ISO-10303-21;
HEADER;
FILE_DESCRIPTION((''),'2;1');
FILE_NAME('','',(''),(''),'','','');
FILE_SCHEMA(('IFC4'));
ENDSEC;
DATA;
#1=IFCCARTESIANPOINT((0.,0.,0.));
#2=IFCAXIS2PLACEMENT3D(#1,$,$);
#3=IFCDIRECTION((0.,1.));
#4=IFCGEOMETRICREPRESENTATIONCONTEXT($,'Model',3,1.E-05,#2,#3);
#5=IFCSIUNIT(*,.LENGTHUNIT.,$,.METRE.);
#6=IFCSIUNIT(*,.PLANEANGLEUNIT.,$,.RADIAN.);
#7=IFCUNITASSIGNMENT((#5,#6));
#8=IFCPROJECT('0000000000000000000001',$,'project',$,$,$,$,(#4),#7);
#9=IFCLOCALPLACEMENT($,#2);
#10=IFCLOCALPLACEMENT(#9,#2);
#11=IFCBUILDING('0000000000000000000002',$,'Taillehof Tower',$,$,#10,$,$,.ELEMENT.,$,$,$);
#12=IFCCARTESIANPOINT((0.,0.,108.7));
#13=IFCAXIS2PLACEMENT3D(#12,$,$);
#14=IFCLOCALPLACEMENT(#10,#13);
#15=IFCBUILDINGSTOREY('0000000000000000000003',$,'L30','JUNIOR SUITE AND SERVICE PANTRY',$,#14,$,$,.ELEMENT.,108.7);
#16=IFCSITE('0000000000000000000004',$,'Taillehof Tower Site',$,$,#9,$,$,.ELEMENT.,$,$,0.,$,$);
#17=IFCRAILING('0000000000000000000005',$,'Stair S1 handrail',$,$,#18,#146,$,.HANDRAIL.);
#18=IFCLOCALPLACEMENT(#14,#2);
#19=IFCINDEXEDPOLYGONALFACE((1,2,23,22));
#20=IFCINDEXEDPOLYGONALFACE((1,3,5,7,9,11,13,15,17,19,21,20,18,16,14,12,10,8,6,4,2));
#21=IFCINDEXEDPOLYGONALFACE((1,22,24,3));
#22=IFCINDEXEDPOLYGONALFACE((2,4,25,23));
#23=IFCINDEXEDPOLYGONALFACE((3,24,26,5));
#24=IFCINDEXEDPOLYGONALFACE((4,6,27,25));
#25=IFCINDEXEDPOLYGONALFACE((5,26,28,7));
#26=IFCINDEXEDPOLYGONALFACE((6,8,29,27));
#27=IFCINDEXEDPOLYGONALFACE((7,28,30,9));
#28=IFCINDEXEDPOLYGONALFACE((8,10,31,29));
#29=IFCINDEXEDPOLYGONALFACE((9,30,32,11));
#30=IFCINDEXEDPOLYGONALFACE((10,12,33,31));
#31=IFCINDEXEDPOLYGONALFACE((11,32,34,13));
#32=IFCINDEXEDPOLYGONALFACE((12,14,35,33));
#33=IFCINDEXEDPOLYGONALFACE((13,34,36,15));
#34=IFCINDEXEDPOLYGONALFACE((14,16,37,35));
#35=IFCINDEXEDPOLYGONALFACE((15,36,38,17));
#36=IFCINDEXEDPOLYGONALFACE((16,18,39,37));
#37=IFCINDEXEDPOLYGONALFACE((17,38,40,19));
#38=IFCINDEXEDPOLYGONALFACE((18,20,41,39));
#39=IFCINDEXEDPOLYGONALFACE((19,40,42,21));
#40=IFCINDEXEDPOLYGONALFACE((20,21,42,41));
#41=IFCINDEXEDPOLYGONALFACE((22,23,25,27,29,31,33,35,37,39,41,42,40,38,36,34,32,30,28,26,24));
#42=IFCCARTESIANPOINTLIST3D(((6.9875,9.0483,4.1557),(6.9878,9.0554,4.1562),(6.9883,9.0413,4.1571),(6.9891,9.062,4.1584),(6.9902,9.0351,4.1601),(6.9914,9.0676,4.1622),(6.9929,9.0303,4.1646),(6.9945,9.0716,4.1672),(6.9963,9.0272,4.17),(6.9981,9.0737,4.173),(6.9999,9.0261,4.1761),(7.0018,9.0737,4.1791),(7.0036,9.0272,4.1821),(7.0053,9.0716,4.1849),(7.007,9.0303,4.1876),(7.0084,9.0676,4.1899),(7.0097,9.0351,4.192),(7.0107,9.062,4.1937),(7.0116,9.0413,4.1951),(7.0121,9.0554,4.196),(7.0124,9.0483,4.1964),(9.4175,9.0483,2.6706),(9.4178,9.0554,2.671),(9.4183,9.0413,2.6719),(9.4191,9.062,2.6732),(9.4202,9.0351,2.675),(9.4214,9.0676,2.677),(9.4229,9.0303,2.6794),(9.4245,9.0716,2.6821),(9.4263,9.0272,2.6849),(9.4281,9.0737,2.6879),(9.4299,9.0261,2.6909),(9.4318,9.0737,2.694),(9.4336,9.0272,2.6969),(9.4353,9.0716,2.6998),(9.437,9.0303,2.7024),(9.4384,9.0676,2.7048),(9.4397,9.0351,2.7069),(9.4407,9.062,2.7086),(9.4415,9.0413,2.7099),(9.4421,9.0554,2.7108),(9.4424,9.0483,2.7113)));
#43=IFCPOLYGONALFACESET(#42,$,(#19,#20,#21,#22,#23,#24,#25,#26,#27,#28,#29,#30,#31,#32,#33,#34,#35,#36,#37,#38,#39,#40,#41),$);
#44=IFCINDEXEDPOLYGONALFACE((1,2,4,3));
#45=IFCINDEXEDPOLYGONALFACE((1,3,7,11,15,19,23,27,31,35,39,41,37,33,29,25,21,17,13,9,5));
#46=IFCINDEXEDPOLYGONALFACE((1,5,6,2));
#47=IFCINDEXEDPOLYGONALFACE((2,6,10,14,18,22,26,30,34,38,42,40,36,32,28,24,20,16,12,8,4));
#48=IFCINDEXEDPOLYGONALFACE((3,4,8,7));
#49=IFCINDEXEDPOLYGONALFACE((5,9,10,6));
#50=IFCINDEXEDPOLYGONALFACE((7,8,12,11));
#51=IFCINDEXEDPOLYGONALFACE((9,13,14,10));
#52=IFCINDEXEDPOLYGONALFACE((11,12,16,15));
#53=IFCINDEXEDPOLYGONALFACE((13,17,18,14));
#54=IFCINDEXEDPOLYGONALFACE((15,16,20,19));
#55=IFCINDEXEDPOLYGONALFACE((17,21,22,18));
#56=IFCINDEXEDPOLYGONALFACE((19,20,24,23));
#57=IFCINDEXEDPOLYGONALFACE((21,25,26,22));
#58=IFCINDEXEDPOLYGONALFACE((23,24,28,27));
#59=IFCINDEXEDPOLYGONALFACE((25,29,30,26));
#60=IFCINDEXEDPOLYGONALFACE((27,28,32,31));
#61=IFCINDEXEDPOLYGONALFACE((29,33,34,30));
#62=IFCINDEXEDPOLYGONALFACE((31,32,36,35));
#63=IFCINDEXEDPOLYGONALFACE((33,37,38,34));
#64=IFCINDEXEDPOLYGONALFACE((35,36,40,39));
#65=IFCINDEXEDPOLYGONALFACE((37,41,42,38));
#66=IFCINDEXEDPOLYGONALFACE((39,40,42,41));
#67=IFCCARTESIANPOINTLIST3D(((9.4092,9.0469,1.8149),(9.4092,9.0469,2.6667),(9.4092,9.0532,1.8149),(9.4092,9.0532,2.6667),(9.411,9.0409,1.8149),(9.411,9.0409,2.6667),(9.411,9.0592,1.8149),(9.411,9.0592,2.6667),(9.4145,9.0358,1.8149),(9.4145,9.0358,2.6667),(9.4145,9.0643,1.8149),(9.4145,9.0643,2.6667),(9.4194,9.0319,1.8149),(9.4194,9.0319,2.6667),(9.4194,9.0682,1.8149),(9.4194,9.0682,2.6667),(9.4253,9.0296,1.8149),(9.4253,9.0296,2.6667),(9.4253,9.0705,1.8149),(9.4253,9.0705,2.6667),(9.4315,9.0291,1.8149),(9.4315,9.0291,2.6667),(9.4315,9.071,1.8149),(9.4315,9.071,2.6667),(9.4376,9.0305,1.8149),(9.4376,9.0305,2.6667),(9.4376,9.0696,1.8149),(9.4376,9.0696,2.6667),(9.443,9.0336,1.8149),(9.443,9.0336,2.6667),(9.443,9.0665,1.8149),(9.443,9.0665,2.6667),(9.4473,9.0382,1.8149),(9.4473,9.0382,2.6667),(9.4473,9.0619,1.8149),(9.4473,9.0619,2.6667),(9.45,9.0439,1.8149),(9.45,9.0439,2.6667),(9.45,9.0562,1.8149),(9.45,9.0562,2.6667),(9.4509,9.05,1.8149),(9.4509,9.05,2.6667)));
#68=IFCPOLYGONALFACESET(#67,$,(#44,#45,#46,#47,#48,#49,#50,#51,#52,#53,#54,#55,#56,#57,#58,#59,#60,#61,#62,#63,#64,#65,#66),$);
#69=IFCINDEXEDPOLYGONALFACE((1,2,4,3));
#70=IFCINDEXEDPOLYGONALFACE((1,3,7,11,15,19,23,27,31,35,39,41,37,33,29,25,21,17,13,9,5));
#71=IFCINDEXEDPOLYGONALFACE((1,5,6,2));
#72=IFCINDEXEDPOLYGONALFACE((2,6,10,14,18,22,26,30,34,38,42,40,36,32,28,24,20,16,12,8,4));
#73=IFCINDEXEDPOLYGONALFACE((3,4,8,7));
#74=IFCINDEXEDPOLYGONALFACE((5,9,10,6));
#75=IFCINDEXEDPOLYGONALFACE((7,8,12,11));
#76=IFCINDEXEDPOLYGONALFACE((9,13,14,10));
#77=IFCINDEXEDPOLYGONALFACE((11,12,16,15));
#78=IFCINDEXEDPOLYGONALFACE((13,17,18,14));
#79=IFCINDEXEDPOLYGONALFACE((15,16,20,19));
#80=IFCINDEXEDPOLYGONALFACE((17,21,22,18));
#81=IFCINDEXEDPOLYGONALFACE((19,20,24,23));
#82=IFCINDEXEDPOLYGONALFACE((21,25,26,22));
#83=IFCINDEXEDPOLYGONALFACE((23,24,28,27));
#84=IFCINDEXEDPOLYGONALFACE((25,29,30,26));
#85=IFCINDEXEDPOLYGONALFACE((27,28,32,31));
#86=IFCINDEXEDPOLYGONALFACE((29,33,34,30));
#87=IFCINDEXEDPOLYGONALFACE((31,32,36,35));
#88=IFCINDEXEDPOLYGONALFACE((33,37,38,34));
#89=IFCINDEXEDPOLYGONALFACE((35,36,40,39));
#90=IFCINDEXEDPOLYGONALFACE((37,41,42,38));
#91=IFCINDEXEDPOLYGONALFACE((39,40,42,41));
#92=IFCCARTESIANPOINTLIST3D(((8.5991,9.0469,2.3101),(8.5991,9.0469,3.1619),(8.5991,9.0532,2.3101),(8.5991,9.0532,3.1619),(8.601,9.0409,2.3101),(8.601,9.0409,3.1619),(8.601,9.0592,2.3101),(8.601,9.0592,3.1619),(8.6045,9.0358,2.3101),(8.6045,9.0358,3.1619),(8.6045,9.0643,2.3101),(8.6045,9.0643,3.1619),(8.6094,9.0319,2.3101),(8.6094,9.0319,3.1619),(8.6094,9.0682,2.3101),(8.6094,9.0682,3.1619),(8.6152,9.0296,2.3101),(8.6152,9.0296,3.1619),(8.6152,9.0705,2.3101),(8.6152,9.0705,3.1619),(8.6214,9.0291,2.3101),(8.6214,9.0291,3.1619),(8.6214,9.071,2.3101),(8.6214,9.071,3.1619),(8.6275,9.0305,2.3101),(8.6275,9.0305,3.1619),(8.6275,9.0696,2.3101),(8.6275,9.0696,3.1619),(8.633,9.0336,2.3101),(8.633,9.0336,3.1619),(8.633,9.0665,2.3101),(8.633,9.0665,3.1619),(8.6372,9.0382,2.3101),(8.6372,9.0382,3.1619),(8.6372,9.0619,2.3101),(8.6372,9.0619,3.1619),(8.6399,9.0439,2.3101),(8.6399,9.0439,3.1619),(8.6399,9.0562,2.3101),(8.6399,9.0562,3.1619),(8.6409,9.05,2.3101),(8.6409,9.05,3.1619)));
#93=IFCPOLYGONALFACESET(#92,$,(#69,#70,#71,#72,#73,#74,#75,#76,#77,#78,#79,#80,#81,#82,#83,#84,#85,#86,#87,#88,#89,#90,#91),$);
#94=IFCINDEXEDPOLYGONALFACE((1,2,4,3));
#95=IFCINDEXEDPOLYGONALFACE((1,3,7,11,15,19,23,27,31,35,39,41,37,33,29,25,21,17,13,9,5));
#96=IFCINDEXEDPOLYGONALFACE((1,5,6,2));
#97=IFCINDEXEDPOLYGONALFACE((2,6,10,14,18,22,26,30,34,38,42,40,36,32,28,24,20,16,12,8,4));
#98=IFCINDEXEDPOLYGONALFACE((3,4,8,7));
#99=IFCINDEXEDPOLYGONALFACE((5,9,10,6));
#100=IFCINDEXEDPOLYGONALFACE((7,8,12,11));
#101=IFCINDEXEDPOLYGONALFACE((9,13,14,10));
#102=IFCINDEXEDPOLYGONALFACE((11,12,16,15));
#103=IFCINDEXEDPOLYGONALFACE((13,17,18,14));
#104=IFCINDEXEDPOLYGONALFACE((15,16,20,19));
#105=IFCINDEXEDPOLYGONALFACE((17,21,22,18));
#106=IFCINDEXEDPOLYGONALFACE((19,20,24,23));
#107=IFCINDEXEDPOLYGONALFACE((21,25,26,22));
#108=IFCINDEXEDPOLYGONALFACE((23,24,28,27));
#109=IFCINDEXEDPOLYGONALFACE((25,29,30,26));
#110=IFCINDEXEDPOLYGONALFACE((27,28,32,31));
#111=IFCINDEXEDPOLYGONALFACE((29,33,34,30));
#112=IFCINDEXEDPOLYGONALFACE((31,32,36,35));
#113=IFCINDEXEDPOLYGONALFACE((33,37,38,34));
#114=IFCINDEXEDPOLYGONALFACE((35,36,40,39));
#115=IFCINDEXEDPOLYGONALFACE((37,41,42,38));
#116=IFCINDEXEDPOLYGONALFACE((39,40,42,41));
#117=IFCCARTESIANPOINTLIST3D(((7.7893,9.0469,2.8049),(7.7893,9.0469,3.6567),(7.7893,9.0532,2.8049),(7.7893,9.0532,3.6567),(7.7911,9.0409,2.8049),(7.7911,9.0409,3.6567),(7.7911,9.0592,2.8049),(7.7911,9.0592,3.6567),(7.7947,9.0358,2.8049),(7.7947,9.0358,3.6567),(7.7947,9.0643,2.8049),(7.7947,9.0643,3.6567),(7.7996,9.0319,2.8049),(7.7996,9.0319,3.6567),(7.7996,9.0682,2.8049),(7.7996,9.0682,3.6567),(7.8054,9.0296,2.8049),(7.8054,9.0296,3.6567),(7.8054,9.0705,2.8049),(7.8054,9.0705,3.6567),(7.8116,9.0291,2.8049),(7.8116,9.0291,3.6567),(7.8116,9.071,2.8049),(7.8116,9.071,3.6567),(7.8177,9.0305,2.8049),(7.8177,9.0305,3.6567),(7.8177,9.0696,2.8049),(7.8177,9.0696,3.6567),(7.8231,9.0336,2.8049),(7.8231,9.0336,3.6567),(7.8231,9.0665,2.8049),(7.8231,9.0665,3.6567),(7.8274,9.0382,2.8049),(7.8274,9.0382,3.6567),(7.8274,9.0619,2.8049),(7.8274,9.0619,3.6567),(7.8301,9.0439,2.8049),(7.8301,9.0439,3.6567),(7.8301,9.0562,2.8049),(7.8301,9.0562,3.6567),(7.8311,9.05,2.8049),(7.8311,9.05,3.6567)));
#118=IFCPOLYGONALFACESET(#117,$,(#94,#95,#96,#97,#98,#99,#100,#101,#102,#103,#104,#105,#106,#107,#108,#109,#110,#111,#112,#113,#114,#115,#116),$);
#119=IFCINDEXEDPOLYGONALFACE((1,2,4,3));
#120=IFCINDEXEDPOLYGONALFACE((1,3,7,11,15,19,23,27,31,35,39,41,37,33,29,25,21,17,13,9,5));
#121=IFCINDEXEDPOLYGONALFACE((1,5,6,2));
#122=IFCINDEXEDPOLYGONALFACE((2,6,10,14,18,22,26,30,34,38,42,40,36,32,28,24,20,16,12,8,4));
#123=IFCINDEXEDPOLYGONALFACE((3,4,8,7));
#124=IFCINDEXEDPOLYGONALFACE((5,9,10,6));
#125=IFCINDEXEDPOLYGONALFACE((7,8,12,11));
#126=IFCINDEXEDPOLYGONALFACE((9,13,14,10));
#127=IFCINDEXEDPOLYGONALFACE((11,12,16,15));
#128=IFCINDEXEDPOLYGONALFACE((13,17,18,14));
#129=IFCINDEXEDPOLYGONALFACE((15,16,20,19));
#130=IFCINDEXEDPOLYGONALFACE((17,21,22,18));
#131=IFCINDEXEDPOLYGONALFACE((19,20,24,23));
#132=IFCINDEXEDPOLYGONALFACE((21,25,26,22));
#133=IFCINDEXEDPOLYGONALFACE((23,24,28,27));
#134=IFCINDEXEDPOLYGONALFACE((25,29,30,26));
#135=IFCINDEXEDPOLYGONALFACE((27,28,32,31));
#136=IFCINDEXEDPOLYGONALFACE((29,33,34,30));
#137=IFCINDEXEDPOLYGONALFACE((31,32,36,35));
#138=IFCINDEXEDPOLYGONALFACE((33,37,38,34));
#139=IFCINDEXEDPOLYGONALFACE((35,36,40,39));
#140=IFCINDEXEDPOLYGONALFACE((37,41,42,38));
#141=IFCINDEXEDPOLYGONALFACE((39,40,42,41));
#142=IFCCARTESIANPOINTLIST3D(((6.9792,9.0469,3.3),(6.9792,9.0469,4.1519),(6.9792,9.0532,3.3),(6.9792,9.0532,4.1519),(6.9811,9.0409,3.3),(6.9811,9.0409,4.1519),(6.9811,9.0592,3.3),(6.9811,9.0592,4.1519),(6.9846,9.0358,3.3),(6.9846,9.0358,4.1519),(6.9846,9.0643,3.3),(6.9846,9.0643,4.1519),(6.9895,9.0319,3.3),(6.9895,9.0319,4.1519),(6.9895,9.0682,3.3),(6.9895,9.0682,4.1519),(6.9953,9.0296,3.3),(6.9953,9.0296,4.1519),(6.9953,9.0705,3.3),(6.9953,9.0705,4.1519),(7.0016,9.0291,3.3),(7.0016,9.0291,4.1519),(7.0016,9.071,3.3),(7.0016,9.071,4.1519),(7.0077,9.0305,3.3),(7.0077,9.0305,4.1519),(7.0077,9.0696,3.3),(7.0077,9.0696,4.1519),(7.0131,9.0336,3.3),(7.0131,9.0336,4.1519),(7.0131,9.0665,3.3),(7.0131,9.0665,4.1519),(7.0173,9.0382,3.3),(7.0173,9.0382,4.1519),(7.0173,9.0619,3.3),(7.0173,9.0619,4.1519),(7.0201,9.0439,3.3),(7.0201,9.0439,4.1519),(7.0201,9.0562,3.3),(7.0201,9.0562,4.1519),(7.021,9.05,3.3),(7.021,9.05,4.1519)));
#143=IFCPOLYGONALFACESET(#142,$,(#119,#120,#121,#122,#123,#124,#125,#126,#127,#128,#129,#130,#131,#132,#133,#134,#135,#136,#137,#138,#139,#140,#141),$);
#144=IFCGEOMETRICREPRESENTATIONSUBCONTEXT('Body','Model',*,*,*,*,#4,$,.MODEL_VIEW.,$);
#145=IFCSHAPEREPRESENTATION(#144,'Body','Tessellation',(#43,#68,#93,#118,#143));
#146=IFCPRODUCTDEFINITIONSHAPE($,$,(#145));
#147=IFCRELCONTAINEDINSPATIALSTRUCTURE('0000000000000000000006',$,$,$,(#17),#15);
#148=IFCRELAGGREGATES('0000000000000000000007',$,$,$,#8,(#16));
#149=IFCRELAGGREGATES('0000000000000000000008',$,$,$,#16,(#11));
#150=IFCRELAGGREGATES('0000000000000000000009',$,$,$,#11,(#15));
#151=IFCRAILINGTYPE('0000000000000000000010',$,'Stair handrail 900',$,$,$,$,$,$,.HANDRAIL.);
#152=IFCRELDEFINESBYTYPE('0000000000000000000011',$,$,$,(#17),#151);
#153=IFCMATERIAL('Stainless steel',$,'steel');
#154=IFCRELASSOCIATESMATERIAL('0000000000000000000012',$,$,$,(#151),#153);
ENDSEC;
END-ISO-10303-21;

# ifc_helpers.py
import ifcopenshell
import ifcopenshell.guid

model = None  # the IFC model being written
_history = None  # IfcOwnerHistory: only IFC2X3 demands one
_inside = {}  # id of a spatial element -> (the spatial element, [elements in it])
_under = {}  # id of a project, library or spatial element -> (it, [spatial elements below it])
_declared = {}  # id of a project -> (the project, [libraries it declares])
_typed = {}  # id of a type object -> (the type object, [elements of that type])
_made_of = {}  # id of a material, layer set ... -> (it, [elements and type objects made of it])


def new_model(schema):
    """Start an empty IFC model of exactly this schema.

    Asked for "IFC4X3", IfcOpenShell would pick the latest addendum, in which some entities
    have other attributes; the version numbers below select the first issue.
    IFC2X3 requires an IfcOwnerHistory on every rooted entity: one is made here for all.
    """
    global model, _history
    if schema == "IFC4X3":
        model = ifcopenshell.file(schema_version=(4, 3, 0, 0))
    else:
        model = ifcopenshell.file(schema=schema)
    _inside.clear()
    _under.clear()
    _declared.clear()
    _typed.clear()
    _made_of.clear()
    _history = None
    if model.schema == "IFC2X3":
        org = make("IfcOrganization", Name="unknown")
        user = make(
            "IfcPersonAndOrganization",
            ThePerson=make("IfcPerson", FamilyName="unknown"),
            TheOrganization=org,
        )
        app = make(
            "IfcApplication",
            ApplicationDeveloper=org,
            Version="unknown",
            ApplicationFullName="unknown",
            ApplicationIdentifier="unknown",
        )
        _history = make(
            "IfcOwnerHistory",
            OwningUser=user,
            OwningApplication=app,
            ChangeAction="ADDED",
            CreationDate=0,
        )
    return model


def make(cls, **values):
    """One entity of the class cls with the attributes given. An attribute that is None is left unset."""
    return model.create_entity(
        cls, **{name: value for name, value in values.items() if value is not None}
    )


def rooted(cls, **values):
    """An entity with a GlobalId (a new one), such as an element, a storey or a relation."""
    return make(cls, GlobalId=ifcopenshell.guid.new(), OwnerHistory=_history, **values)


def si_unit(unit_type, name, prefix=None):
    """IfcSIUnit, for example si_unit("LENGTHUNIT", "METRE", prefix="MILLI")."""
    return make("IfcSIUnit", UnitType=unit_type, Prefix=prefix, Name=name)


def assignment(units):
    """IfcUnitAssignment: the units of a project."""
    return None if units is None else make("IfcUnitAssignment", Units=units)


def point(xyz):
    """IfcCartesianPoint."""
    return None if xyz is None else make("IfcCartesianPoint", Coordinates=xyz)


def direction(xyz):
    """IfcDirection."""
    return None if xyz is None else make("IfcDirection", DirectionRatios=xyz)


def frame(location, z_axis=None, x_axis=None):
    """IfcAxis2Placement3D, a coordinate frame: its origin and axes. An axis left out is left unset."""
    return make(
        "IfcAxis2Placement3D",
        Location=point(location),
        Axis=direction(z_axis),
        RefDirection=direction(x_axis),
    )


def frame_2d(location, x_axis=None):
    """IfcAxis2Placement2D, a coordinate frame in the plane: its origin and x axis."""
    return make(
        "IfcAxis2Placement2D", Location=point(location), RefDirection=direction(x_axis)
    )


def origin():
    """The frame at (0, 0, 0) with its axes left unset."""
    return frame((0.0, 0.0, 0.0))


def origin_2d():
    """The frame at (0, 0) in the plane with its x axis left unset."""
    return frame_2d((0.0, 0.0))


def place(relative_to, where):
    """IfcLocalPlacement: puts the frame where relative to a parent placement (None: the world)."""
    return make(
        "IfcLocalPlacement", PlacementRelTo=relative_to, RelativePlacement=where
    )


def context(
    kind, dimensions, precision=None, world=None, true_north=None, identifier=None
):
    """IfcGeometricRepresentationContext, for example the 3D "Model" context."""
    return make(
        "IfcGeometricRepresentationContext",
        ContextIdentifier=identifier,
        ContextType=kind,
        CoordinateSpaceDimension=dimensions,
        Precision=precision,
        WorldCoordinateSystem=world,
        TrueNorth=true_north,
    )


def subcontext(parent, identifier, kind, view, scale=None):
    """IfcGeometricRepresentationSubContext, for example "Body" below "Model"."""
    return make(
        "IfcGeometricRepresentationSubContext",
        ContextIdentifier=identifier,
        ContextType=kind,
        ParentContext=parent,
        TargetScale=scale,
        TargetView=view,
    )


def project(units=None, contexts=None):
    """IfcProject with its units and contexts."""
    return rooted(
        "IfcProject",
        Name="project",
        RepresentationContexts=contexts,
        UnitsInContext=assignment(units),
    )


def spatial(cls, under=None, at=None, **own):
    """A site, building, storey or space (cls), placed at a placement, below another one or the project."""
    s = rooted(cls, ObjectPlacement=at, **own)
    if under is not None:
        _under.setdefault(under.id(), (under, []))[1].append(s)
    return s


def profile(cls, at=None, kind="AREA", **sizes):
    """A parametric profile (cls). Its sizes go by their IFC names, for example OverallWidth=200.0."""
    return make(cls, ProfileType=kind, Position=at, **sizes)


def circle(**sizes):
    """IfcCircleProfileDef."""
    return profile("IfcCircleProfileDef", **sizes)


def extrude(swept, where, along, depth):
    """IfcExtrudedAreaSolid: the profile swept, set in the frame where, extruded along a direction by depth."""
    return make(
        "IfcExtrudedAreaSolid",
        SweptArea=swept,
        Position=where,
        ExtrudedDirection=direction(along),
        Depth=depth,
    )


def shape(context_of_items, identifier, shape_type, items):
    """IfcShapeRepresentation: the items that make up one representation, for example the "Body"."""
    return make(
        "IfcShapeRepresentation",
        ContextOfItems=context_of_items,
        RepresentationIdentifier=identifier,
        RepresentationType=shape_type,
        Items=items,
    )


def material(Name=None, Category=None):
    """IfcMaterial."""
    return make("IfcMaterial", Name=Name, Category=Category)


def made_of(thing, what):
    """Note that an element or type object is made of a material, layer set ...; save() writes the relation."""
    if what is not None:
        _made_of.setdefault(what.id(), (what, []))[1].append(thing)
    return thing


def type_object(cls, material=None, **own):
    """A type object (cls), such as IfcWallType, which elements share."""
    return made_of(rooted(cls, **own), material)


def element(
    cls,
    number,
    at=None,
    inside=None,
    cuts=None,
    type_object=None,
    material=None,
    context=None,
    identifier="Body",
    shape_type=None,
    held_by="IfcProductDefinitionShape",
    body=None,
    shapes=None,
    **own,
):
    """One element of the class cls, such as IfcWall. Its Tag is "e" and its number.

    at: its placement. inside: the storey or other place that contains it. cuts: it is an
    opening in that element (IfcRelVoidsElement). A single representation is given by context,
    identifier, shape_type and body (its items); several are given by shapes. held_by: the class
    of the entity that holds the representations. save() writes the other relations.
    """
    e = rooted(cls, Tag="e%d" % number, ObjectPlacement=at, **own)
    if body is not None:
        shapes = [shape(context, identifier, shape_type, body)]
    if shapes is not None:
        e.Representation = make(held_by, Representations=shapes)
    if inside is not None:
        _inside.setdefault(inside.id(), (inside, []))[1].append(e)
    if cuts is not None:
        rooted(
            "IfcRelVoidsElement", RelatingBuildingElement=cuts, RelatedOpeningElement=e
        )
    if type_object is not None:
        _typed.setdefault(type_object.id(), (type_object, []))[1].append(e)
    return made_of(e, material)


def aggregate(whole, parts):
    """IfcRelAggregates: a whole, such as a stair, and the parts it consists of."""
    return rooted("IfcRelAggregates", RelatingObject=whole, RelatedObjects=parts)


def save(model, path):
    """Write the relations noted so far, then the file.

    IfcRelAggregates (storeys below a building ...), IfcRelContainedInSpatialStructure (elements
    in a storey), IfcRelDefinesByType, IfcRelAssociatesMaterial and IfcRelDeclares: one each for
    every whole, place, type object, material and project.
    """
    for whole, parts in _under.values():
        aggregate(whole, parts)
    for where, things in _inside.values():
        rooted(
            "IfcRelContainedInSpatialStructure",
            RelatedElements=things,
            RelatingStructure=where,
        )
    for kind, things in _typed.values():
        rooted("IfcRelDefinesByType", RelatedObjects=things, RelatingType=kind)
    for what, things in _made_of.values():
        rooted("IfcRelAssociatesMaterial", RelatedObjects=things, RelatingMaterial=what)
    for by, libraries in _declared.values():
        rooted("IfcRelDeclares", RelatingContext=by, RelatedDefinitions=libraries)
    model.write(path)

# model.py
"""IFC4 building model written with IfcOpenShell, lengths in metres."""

from ifc_helpers import new_model, si_unit, direction, frame, origin, origin_2d, place, context, subcontext, project, spatial, circle, extrude, material, type_object, element, save


model = new_model("IFC4")

# Units and contexts
model_context = context("Model", 3, precision=1e-05, world=origin(), true_north=direction((0.0, 1.0)))
body_context = subcontext(model_context, "Body", "Model", "MODEL_VIEW")
ifc_project = project(units=[si_unit("LENGTHUNIT", "METRE"), si_unit("PLANEANGLEUNIT", "RADIAN")], contexts=[model_context])

# Site, building, storey
site_placement = place(None, origin())
site = spatial("IfcSite", under=ifc_project, at=site_placement, Name="Taillehof Tower Site", CompositionType="ELEMENT", RefElevation=0.0)
building_placement = place(site_placement, origin())
building = spatial("IfcBuilding", under=site, at=building_placement, Name="Taillehof Tower", CompositionType="ELEMENT")
storey_placement = place(building_placement, frame((0.0, 0.0, 108.7)))
storey = spatial("IfcBuildingStorey", under=building, at=storey_placement, Name="L30", Description="JUNIOR SUITE AND SERVICE PANTRY", CompositionType="ELEMENT", Elevation=108.7)

# Railing
ifc_material_1 = material(Name="Stainless steel", Category="steel")
railing_type = type_object("IfcRailingType", Name="Stair handrail 900", PredefinedType="HANDRAIL", material=ifc_material_1)
railing_placement = place(storey_placement, frame((9.4299, 9.05, 1.8149)))
element("IfcRailing", 1, at=railing_placement, inside=storey, type_object=railing_type, Name="Stair S1 handrail", PredefinedType="HANDRAIL", context=body_context, shape_type="SweptSolid", body=[
    extrude(circle(Radius=0.0239, at=origin_2d()), frame((0.0, 0.0, 0.876), z_axis=(-0.853259, 0.0, 0.521488), x_axis=(0.0, -1.0, 0.0)), (0.0, 0.0, 1.0), 2.8479),
    extrude(circle(Radius=0.021, at=origin_2d()), origin(), (0.0, 0.0, 1.0), 0.8518),
    extrude(circle(Radius=0.021, at=origin_2d()), frame((-0.8101, 0.0, 0.4951)), (0.0, 0.0, 1.0), 0.8518),
    extrude(circle(Radius=0.021, at=origin_2d()), frame((-1.6199, 0.0, 0.99)), (0.0, 0.0, 1.0), 0.8518),
    extrude(circle(Radius=0.021, at=origin_2d()), frame((-2.4299, 0.0, 1.4851)), (0.0, 0.0, 1.0), 0.8518),
])

save(model, "model.ifc")
